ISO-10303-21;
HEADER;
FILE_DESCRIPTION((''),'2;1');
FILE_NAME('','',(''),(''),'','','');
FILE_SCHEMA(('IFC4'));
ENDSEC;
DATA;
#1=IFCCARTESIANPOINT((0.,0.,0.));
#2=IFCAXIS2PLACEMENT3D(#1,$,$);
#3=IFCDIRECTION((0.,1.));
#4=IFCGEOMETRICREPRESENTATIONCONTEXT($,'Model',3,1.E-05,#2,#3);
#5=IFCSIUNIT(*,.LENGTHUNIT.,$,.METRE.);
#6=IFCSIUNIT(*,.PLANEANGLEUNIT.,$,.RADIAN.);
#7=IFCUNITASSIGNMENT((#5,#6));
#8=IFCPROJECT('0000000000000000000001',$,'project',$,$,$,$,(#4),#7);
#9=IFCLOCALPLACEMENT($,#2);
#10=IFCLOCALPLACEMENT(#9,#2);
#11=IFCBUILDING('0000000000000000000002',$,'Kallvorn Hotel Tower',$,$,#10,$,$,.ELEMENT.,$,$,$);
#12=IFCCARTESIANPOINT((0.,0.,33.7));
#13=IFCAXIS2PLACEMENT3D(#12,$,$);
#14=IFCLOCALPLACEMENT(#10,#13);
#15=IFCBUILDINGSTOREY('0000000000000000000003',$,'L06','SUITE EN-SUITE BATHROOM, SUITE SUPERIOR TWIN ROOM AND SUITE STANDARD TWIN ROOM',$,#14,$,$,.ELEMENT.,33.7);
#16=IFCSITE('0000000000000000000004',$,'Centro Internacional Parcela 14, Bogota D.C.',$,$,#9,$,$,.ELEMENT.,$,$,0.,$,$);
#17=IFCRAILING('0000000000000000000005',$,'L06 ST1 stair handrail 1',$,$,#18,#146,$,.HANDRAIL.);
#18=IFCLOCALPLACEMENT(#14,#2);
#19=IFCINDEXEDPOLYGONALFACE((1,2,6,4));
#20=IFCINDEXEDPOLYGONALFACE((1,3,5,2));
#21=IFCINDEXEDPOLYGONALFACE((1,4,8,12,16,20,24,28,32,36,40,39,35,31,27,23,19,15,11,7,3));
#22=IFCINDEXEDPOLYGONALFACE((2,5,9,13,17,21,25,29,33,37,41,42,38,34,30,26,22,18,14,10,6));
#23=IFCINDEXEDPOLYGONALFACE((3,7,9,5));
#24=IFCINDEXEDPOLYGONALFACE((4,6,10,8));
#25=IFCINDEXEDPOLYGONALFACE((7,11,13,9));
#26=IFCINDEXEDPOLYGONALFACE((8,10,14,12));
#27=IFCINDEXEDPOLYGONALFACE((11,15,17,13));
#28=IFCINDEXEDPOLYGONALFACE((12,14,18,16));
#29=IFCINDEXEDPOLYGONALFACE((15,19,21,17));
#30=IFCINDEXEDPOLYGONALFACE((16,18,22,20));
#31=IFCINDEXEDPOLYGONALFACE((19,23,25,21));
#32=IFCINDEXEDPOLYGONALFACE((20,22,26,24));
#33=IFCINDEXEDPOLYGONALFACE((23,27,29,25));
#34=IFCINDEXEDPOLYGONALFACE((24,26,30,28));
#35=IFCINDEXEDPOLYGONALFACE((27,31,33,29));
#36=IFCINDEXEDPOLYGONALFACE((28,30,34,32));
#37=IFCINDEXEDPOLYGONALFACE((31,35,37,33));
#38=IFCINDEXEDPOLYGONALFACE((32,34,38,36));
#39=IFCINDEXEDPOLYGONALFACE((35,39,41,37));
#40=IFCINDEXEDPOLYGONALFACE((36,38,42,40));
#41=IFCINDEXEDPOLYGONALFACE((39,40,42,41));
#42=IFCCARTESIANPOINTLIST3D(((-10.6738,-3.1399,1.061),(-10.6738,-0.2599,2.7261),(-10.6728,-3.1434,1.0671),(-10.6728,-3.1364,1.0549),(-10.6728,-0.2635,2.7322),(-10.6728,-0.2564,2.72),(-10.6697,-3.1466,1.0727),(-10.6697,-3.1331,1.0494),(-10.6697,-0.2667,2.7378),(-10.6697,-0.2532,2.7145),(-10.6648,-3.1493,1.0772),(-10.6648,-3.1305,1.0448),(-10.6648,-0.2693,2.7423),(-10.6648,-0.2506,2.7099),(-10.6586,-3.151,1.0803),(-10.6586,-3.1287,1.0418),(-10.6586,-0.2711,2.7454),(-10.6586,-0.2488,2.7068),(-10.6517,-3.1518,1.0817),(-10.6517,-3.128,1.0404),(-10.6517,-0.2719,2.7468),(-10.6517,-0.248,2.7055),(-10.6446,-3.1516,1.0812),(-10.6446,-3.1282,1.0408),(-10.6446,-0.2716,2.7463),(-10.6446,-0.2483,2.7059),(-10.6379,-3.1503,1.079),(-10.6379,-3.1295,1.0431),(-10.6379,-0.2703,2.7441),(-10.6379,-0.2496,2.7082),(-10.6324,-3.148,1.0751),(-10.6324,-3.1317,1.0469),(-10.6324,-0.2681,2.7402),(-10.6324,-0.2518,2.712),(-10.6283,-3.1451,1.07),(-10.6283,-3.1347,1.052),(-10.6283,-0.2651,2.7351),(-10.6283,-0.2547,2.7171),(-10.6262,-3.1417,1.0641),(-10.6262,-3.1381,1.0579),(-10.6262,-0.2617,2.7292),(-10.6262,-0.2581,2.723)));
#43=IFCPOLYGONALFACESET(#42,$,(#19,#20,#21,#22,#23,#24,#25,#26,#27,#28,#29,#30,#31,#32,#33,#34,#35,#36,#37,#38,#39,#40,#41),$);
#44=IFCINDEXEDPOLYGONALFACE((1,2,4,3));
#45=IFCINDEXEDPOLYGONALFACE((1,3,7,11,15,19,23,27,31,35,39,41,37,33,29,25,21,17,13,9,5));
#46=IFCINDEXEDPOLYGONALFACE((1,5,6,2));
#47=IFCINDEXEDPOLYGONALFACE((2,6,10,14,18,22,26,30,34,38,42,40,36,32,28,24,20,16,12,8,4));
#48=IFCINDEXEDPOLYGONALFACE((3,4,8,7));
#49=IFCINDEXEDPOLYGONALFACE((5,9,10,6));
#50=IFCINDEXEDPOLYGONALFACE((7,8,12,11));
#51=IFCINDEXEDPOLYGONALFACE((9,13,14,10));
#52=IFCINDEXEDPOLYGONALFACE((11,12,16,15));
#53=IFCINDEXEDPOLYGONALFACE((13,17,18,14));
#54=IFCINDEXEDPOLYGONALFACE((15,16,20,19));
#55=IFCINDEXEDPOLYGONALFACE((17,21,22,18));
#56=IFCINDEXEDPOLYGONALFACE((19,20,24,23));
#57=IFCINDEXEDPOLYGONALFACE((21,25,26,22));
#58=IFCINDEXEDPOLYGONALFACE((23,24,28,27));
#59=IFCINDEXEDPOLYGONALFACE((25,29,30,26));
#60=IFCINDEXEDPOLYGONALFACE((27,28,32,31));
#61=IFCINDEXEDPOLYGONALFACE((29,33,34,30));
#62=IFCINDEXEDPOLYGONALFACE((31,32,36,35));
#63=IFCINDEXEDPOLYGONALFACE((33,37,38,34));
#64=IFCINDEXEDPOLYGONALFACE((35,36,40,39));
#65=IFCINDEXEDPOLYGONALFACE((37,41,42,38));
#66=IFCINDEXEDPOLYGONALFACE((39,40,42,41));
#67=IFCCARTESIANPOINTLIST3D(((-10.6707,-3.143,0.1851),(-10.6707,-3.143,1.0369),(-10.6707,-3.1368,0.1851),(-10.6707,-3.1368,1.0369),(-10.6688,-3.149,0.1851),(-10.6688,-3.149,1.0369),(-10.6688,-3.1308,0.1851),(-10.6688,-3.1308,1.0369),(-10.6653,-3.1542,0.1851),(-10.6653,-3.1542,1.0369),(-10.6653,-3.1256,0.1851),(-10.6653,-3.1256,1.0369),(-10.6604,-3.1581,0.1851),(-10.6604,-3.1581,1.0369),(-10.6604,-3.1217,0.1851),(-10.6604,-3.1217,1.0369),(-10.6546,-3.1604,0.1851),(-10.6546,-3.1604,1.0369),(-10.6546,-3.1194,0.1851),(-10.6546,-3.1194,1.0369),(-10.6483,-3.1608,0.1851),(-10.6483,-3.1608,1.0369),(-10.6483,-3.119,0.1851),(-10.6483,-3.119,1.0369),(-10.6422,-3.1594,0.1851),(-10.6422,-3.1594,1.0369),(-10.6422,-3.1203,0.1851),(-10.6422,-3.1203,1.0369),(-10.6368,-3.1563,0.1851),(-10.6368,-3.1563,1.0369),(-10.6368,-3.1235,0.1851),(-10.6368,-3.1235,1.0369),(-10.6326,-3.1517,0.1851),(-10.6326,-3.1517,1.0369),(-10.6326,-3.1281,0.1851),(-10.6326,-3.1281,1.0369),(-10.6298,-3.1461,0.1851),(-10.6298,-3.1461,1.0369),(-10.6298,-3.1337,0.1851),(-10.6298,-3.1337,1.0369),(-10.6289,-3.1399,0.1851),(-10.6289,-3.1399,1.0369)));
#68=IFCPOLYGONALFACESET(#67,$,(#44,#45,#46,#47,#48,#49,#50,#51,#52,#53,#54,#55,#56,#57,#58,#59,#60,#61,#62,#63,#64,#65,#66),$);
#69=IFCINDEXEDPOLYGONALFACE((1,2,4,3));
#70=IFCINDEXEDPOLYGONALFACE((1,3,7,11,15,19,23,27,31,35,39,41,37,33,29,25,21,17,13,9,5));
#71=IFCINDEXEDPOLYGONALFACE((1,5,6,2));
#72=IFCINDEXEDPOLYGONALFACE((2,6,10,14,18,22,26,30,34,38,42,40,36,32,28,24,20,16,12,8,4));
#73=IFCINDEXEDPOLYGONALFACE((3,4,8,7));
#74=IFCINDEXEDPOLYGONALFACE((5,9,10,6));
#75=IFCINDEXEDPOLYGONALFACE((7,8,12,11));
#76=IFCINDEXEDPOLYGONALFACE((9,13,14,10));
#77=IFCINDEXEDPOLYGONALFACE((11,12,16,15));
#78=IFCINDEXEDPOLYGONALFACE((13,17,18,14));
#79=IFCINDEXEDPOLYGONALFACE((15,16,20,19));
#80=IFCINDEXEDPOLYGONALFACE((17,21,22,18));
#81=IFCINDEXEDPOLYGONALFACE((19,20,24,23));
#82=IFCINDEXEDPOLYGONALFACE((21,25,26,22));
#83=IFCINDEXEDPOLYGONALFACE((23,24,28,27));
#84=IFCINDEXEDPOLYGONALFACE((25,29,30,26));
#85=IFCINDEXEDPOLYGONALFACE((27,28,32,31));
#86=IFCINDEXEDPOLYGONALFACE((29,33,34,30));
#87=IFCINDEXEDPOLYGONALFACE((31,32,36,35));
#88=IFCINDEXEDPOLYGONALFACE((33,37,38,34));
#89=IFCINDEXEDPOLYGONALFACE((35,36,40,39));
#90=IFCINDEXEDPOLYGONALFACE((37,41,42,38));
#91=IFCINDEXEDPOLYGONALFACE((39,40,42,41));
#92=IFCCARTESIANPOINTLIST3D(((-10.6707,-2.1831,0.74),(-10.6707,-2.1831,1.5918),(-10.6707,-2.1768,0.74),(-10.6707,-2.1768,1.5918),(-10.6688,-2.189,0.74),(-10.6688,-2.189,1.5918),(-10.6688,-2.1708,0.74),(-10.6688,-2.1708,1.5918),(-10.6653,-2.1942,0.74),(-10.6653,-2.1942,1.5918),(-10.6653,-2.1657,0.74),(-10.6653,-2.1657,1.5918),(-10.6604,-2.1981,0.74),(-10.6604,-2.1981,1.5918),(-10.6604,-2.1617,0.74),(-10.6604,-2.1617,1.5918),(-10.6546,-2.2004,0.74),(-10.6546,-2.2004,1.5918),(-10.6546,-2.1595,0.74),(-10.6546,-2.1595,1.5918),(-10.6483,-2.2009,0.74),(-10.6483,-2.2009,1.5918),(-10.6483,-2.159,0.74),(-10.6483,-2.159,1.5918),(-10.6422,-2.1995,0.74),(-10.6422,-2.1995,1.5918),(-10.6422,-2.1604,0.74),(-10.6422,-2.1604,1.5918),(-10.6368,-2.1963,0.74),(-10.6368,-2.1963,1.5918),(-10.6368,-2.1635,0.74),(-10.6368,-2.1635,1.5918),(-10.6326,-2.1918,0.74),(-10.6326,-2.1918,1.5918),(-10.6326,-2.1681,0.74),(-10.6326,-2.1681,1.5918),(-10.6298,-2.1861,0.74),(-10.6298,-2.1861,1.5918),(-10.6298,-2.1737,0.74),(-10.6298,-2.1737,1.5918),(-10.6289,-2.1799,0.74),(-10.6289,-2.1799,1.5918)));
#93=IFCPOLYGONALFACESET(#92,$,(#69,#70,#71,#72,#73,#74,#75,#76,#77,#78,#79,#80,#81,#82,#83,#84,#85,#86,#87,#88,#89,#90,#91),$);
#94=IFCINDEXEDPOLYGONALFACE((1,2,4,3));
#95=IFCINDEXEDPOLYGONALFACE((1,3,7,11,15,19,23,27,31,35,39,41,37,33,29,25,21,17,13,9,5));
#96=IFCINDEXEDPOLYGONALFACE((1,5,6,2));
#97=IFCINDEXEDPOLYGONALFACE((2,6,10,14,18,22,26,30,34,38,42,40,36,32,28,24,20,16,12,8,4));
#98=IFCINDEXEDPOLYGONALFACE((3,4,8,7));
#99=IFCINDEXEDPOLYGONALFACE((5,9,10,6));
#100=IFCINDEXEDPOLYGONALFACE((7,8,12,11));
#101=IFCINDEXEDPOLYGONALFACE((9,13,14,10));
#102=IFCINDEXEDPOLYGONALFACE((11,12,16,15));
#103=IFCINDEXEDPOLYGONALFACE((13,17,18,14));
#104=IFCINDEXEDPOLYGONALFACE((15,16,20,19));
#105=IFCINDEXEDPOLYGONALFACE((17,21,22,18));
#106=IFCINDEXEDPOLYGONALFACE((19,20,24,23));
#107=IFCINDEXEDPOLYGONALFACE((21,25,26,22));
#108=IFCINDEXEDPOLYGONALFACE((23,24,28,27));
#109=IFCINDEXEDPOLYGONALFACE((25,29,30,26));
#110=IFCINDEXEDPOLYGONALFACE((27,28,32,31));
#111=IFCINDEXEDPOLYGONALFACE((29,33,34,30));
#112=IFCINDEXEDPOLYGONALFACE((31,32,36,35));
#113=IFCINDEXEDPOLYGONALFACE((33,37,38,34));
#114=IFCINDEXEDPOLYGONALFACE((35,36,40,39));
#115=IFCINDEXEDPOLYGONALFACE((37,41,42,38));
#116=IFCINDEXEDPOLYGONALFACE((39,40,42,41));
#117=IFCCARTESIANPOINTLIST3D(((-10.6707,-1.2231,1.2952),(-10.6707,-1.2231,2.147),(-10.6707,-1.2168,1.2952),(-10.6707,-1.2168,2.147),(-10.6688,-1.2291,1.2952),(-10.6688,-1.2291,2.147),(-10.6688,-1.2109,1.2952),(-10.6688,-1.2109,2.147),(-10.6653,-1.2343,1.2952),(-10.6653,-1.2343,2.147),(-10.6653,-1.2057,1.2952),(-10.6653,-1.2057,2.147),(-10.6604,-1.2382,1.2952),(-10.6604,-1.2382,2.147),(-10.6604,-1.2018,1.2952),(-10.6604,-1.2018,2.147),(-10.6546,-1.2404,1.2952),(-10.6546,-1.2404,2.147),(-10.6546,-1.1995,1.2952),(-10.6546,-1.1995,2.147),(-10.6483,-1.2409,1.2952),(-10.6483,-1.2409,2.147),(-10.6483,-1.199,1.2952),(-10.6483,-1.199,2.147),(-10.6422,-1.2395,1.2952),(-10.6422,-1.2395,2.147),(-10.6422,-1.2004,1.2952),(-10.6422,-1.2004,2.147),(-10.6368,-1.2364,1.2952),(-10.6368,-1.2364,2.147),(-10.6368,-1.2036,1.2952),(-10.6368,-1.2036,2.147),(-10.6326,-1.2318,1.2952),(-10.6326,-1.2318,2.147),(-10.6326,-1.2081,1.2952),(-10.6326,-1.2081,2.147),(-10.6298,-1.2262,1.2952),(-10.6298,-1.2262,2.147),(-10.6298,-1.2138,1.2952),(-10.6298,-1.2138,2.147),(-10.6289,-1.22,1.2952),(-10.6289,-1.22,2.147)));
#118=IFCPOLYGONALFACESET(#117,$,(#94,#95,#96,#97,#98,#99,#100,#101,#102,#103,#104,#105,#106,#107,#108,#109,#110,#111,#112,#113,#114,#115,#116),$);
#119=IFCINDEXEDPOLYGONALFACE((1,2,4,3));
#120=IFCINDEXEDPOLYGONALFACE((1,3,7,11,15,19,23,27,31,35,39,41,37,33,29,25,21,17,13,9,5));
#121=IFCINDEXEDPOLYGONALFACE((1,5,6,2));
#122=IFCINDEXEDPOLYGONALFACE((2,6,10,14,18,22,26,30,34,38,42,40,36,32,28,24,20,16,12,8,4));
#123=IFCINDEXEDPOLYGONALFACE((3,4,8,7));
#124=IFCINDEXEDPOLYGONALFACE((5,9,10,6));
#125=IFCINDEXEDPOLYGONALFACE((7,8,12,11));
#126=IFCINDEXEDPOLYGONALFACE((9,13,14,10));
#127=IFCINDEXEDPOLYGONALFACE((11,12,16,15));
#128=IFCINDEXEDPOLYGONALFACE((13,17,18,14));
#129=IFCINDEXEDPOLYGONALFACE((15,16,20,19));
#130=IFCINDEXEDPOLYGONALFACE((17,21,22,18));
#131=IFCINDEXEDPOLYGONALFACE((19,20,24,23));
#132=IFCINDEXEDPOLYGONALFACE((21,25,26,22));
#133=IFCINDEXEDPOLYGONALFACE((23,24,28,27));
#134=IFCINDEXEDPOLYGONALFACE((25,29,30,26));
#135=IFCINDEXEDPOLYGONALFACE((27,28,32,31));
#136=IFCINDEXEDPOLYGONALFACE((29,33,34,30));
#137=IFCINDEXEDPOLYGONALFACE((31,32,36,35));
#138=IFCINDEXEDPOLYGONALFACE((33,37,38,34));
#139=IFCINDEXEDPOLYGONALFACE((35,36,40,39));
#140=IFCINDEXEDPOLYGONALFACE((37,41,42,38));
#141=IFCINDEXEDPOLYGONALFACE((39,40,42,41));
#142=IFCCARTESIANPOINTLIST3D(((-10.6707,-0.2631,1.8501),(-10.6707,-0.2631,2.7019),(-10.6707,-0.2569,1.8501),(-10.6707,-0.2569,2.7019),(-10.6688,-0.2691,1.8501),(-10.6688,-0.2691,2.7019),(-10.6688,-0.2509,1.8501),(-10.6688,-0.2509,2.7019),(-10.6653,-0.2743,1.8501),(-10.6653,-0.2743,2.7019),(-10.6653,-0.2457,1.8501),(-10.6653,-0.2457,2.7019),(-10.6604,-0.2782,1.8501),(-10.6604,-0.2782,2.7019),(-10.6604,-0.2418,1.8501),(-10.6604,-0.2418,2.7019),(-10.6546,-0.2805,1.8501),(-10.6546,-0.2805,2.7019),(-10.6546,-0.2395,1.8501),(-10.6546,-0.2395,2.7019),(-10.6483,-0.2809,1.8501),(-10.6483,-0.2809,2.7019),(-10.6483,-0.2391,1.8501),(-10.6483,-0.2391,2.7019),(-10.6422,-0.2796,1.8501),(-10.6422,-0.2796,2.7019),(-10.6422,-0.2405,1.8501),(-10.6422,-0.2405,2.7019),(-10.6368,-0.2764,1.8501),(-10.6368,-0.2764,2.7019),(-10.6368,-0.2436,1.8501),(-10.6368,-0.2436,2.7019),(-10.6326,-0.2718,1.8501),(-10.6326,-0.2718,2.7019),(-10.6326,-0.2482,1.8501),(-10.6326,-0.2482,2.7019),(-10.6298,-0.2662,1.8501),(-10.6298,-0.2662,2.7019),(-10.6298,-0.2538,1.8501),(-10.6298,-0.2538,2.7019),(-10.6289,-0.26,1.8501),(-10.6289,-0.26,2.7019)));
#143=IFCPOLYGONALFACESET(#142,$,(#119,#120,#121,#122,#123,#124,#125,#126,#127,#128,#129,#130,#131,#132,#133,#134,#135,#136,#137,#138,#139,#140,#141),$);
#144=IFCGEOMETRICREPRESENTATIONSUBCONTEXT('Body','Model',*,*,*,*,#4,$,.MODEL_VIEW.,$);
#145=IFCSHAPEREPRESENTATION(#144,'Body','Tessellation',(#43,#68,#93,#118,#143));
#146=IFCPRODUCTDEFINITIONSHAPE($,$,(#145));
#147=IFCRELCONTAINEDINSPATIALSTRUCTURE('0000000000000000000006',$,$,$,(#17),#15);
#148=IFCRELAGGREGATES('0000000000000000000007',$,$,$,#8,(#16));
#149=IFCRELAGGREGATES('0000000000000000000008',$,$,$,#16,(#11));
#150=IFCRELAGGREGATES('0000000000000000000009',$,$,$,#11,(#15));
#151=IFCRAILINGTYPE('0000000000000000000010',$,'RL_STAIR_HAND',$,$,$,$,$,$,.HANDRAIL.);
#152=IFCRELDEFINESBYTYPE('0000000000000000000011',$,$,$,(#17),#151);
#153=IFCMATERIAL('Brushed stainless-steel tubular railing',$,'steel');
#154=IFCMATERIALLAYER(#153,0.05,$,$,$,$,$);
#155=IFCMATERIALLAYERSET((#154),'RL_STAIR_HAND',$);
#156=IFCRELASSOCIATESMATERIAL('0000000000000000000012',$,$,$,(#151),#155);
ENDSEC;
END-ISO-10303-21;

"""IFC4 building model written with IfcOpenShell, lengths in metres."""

from ifc_helpers import new_model, si_unit, direction, frame, origin, origin_2d, place, context, subcontext, project, spatial, circle, extrude, material, layer, layer_set, type_object, element, save


model = new_model("IFC4")

# Units and contexts
model_context = context("Model", 3, precision=1e-05, world=origin(), true_north=direction((0.0, 1.0)))
body_context = subcontext(model_context, "Body", "Model", "MODEL_VIEW")
ifc_project = project(units=[si_unit("LENGTHUNIT", "METRE"), si_unit("PLANEANGLEUNIT", "RADIAN")], contexts=[model_context])

# Site, building, storey
site_placement = place(None, origin())
site = spatial("IfcSite", under=ifc_project, at=site_placement, Name="Centro Internacional Parcela 14, Bogota D.C.", CompositionType="ELEMENT", RefElevation=0.0)
building_placement = place(site_placement, origin())
building = spatial("IfcBuilding", under=site, at=building_placement, Name="Kallvorn Hotel Tower", CompositionType="ELEMENT")
storey_placement = place(building_placement, frame((0.0, 0.0, 33.7)))
storey = spatial("IfcBuildingStorey", under=building, at=storey_placement, Name="L06", Description="SUITE EN-SUITE BATHROOM, SUITE SUPERIOR TWIN ROOM AND SUITE STANDARD TWIN ROOM", CompositionType="ELEMENT", Elevation=33.7)

# Railing
ifc_material_1 = material(Name="Brushed stainless-steel tubular railing", Category="steel")
ifc_layer_1 = layer(ifc_material_1, 0.05)
ifc_layer_set_1 = layer_set([ifc_layer_1], Name="RL_STAIR_HAND")
railing_type = type_object("IfcRailingType", Name="RL_STAIR_HAND", PredefinedType="HANDRAIL", material=ifc_layer_set_1)
railing_placement = place(storey_placement, frame((-10.6499, -3.1399, 0.1851)))
element("IfcRailing", 1, at=railing_placement, inside=storey, type_object=railing_type, Name="L06 ST1 stair handrail 1", PredefinedType="HANDRAIL", context=body_context, shape_type="SweptSolid", body=[
    extrude(circle(Radius=0.0239, at=origin_2d()), frame((0.0, 0.0, 0.876), z_axis=(0.0, 0.865721, 0.500527), x_axis=(-1.0, 0.0, 0.0)), (0.0, 0.0, 1.0), 3.3267),
    extrude(circle(Radius=0.021, at=origin_2d()), origin(), (0.0, 0.0, 1.0), 0.8518),
    extrude(circle(Radius=0.021, at=origin_2d()), frame((0.0, 0.96, 0.5549)), (0.0, 0.0, 1.0), 0.8518),
    extrude(circle(Radius=0.021, at=origin_2d()), frame((0.0, 1.9199, 1.1101)), (0.0, 0.0, 1.0), 0.8518),
    extrude(circle(Radius=0.021, at=origin_2d()), frame((0.0, 2.8799, 1.665)), (0.0, 0.0, 1.0), 0.8518),
])

save(model, "model.ifc")
